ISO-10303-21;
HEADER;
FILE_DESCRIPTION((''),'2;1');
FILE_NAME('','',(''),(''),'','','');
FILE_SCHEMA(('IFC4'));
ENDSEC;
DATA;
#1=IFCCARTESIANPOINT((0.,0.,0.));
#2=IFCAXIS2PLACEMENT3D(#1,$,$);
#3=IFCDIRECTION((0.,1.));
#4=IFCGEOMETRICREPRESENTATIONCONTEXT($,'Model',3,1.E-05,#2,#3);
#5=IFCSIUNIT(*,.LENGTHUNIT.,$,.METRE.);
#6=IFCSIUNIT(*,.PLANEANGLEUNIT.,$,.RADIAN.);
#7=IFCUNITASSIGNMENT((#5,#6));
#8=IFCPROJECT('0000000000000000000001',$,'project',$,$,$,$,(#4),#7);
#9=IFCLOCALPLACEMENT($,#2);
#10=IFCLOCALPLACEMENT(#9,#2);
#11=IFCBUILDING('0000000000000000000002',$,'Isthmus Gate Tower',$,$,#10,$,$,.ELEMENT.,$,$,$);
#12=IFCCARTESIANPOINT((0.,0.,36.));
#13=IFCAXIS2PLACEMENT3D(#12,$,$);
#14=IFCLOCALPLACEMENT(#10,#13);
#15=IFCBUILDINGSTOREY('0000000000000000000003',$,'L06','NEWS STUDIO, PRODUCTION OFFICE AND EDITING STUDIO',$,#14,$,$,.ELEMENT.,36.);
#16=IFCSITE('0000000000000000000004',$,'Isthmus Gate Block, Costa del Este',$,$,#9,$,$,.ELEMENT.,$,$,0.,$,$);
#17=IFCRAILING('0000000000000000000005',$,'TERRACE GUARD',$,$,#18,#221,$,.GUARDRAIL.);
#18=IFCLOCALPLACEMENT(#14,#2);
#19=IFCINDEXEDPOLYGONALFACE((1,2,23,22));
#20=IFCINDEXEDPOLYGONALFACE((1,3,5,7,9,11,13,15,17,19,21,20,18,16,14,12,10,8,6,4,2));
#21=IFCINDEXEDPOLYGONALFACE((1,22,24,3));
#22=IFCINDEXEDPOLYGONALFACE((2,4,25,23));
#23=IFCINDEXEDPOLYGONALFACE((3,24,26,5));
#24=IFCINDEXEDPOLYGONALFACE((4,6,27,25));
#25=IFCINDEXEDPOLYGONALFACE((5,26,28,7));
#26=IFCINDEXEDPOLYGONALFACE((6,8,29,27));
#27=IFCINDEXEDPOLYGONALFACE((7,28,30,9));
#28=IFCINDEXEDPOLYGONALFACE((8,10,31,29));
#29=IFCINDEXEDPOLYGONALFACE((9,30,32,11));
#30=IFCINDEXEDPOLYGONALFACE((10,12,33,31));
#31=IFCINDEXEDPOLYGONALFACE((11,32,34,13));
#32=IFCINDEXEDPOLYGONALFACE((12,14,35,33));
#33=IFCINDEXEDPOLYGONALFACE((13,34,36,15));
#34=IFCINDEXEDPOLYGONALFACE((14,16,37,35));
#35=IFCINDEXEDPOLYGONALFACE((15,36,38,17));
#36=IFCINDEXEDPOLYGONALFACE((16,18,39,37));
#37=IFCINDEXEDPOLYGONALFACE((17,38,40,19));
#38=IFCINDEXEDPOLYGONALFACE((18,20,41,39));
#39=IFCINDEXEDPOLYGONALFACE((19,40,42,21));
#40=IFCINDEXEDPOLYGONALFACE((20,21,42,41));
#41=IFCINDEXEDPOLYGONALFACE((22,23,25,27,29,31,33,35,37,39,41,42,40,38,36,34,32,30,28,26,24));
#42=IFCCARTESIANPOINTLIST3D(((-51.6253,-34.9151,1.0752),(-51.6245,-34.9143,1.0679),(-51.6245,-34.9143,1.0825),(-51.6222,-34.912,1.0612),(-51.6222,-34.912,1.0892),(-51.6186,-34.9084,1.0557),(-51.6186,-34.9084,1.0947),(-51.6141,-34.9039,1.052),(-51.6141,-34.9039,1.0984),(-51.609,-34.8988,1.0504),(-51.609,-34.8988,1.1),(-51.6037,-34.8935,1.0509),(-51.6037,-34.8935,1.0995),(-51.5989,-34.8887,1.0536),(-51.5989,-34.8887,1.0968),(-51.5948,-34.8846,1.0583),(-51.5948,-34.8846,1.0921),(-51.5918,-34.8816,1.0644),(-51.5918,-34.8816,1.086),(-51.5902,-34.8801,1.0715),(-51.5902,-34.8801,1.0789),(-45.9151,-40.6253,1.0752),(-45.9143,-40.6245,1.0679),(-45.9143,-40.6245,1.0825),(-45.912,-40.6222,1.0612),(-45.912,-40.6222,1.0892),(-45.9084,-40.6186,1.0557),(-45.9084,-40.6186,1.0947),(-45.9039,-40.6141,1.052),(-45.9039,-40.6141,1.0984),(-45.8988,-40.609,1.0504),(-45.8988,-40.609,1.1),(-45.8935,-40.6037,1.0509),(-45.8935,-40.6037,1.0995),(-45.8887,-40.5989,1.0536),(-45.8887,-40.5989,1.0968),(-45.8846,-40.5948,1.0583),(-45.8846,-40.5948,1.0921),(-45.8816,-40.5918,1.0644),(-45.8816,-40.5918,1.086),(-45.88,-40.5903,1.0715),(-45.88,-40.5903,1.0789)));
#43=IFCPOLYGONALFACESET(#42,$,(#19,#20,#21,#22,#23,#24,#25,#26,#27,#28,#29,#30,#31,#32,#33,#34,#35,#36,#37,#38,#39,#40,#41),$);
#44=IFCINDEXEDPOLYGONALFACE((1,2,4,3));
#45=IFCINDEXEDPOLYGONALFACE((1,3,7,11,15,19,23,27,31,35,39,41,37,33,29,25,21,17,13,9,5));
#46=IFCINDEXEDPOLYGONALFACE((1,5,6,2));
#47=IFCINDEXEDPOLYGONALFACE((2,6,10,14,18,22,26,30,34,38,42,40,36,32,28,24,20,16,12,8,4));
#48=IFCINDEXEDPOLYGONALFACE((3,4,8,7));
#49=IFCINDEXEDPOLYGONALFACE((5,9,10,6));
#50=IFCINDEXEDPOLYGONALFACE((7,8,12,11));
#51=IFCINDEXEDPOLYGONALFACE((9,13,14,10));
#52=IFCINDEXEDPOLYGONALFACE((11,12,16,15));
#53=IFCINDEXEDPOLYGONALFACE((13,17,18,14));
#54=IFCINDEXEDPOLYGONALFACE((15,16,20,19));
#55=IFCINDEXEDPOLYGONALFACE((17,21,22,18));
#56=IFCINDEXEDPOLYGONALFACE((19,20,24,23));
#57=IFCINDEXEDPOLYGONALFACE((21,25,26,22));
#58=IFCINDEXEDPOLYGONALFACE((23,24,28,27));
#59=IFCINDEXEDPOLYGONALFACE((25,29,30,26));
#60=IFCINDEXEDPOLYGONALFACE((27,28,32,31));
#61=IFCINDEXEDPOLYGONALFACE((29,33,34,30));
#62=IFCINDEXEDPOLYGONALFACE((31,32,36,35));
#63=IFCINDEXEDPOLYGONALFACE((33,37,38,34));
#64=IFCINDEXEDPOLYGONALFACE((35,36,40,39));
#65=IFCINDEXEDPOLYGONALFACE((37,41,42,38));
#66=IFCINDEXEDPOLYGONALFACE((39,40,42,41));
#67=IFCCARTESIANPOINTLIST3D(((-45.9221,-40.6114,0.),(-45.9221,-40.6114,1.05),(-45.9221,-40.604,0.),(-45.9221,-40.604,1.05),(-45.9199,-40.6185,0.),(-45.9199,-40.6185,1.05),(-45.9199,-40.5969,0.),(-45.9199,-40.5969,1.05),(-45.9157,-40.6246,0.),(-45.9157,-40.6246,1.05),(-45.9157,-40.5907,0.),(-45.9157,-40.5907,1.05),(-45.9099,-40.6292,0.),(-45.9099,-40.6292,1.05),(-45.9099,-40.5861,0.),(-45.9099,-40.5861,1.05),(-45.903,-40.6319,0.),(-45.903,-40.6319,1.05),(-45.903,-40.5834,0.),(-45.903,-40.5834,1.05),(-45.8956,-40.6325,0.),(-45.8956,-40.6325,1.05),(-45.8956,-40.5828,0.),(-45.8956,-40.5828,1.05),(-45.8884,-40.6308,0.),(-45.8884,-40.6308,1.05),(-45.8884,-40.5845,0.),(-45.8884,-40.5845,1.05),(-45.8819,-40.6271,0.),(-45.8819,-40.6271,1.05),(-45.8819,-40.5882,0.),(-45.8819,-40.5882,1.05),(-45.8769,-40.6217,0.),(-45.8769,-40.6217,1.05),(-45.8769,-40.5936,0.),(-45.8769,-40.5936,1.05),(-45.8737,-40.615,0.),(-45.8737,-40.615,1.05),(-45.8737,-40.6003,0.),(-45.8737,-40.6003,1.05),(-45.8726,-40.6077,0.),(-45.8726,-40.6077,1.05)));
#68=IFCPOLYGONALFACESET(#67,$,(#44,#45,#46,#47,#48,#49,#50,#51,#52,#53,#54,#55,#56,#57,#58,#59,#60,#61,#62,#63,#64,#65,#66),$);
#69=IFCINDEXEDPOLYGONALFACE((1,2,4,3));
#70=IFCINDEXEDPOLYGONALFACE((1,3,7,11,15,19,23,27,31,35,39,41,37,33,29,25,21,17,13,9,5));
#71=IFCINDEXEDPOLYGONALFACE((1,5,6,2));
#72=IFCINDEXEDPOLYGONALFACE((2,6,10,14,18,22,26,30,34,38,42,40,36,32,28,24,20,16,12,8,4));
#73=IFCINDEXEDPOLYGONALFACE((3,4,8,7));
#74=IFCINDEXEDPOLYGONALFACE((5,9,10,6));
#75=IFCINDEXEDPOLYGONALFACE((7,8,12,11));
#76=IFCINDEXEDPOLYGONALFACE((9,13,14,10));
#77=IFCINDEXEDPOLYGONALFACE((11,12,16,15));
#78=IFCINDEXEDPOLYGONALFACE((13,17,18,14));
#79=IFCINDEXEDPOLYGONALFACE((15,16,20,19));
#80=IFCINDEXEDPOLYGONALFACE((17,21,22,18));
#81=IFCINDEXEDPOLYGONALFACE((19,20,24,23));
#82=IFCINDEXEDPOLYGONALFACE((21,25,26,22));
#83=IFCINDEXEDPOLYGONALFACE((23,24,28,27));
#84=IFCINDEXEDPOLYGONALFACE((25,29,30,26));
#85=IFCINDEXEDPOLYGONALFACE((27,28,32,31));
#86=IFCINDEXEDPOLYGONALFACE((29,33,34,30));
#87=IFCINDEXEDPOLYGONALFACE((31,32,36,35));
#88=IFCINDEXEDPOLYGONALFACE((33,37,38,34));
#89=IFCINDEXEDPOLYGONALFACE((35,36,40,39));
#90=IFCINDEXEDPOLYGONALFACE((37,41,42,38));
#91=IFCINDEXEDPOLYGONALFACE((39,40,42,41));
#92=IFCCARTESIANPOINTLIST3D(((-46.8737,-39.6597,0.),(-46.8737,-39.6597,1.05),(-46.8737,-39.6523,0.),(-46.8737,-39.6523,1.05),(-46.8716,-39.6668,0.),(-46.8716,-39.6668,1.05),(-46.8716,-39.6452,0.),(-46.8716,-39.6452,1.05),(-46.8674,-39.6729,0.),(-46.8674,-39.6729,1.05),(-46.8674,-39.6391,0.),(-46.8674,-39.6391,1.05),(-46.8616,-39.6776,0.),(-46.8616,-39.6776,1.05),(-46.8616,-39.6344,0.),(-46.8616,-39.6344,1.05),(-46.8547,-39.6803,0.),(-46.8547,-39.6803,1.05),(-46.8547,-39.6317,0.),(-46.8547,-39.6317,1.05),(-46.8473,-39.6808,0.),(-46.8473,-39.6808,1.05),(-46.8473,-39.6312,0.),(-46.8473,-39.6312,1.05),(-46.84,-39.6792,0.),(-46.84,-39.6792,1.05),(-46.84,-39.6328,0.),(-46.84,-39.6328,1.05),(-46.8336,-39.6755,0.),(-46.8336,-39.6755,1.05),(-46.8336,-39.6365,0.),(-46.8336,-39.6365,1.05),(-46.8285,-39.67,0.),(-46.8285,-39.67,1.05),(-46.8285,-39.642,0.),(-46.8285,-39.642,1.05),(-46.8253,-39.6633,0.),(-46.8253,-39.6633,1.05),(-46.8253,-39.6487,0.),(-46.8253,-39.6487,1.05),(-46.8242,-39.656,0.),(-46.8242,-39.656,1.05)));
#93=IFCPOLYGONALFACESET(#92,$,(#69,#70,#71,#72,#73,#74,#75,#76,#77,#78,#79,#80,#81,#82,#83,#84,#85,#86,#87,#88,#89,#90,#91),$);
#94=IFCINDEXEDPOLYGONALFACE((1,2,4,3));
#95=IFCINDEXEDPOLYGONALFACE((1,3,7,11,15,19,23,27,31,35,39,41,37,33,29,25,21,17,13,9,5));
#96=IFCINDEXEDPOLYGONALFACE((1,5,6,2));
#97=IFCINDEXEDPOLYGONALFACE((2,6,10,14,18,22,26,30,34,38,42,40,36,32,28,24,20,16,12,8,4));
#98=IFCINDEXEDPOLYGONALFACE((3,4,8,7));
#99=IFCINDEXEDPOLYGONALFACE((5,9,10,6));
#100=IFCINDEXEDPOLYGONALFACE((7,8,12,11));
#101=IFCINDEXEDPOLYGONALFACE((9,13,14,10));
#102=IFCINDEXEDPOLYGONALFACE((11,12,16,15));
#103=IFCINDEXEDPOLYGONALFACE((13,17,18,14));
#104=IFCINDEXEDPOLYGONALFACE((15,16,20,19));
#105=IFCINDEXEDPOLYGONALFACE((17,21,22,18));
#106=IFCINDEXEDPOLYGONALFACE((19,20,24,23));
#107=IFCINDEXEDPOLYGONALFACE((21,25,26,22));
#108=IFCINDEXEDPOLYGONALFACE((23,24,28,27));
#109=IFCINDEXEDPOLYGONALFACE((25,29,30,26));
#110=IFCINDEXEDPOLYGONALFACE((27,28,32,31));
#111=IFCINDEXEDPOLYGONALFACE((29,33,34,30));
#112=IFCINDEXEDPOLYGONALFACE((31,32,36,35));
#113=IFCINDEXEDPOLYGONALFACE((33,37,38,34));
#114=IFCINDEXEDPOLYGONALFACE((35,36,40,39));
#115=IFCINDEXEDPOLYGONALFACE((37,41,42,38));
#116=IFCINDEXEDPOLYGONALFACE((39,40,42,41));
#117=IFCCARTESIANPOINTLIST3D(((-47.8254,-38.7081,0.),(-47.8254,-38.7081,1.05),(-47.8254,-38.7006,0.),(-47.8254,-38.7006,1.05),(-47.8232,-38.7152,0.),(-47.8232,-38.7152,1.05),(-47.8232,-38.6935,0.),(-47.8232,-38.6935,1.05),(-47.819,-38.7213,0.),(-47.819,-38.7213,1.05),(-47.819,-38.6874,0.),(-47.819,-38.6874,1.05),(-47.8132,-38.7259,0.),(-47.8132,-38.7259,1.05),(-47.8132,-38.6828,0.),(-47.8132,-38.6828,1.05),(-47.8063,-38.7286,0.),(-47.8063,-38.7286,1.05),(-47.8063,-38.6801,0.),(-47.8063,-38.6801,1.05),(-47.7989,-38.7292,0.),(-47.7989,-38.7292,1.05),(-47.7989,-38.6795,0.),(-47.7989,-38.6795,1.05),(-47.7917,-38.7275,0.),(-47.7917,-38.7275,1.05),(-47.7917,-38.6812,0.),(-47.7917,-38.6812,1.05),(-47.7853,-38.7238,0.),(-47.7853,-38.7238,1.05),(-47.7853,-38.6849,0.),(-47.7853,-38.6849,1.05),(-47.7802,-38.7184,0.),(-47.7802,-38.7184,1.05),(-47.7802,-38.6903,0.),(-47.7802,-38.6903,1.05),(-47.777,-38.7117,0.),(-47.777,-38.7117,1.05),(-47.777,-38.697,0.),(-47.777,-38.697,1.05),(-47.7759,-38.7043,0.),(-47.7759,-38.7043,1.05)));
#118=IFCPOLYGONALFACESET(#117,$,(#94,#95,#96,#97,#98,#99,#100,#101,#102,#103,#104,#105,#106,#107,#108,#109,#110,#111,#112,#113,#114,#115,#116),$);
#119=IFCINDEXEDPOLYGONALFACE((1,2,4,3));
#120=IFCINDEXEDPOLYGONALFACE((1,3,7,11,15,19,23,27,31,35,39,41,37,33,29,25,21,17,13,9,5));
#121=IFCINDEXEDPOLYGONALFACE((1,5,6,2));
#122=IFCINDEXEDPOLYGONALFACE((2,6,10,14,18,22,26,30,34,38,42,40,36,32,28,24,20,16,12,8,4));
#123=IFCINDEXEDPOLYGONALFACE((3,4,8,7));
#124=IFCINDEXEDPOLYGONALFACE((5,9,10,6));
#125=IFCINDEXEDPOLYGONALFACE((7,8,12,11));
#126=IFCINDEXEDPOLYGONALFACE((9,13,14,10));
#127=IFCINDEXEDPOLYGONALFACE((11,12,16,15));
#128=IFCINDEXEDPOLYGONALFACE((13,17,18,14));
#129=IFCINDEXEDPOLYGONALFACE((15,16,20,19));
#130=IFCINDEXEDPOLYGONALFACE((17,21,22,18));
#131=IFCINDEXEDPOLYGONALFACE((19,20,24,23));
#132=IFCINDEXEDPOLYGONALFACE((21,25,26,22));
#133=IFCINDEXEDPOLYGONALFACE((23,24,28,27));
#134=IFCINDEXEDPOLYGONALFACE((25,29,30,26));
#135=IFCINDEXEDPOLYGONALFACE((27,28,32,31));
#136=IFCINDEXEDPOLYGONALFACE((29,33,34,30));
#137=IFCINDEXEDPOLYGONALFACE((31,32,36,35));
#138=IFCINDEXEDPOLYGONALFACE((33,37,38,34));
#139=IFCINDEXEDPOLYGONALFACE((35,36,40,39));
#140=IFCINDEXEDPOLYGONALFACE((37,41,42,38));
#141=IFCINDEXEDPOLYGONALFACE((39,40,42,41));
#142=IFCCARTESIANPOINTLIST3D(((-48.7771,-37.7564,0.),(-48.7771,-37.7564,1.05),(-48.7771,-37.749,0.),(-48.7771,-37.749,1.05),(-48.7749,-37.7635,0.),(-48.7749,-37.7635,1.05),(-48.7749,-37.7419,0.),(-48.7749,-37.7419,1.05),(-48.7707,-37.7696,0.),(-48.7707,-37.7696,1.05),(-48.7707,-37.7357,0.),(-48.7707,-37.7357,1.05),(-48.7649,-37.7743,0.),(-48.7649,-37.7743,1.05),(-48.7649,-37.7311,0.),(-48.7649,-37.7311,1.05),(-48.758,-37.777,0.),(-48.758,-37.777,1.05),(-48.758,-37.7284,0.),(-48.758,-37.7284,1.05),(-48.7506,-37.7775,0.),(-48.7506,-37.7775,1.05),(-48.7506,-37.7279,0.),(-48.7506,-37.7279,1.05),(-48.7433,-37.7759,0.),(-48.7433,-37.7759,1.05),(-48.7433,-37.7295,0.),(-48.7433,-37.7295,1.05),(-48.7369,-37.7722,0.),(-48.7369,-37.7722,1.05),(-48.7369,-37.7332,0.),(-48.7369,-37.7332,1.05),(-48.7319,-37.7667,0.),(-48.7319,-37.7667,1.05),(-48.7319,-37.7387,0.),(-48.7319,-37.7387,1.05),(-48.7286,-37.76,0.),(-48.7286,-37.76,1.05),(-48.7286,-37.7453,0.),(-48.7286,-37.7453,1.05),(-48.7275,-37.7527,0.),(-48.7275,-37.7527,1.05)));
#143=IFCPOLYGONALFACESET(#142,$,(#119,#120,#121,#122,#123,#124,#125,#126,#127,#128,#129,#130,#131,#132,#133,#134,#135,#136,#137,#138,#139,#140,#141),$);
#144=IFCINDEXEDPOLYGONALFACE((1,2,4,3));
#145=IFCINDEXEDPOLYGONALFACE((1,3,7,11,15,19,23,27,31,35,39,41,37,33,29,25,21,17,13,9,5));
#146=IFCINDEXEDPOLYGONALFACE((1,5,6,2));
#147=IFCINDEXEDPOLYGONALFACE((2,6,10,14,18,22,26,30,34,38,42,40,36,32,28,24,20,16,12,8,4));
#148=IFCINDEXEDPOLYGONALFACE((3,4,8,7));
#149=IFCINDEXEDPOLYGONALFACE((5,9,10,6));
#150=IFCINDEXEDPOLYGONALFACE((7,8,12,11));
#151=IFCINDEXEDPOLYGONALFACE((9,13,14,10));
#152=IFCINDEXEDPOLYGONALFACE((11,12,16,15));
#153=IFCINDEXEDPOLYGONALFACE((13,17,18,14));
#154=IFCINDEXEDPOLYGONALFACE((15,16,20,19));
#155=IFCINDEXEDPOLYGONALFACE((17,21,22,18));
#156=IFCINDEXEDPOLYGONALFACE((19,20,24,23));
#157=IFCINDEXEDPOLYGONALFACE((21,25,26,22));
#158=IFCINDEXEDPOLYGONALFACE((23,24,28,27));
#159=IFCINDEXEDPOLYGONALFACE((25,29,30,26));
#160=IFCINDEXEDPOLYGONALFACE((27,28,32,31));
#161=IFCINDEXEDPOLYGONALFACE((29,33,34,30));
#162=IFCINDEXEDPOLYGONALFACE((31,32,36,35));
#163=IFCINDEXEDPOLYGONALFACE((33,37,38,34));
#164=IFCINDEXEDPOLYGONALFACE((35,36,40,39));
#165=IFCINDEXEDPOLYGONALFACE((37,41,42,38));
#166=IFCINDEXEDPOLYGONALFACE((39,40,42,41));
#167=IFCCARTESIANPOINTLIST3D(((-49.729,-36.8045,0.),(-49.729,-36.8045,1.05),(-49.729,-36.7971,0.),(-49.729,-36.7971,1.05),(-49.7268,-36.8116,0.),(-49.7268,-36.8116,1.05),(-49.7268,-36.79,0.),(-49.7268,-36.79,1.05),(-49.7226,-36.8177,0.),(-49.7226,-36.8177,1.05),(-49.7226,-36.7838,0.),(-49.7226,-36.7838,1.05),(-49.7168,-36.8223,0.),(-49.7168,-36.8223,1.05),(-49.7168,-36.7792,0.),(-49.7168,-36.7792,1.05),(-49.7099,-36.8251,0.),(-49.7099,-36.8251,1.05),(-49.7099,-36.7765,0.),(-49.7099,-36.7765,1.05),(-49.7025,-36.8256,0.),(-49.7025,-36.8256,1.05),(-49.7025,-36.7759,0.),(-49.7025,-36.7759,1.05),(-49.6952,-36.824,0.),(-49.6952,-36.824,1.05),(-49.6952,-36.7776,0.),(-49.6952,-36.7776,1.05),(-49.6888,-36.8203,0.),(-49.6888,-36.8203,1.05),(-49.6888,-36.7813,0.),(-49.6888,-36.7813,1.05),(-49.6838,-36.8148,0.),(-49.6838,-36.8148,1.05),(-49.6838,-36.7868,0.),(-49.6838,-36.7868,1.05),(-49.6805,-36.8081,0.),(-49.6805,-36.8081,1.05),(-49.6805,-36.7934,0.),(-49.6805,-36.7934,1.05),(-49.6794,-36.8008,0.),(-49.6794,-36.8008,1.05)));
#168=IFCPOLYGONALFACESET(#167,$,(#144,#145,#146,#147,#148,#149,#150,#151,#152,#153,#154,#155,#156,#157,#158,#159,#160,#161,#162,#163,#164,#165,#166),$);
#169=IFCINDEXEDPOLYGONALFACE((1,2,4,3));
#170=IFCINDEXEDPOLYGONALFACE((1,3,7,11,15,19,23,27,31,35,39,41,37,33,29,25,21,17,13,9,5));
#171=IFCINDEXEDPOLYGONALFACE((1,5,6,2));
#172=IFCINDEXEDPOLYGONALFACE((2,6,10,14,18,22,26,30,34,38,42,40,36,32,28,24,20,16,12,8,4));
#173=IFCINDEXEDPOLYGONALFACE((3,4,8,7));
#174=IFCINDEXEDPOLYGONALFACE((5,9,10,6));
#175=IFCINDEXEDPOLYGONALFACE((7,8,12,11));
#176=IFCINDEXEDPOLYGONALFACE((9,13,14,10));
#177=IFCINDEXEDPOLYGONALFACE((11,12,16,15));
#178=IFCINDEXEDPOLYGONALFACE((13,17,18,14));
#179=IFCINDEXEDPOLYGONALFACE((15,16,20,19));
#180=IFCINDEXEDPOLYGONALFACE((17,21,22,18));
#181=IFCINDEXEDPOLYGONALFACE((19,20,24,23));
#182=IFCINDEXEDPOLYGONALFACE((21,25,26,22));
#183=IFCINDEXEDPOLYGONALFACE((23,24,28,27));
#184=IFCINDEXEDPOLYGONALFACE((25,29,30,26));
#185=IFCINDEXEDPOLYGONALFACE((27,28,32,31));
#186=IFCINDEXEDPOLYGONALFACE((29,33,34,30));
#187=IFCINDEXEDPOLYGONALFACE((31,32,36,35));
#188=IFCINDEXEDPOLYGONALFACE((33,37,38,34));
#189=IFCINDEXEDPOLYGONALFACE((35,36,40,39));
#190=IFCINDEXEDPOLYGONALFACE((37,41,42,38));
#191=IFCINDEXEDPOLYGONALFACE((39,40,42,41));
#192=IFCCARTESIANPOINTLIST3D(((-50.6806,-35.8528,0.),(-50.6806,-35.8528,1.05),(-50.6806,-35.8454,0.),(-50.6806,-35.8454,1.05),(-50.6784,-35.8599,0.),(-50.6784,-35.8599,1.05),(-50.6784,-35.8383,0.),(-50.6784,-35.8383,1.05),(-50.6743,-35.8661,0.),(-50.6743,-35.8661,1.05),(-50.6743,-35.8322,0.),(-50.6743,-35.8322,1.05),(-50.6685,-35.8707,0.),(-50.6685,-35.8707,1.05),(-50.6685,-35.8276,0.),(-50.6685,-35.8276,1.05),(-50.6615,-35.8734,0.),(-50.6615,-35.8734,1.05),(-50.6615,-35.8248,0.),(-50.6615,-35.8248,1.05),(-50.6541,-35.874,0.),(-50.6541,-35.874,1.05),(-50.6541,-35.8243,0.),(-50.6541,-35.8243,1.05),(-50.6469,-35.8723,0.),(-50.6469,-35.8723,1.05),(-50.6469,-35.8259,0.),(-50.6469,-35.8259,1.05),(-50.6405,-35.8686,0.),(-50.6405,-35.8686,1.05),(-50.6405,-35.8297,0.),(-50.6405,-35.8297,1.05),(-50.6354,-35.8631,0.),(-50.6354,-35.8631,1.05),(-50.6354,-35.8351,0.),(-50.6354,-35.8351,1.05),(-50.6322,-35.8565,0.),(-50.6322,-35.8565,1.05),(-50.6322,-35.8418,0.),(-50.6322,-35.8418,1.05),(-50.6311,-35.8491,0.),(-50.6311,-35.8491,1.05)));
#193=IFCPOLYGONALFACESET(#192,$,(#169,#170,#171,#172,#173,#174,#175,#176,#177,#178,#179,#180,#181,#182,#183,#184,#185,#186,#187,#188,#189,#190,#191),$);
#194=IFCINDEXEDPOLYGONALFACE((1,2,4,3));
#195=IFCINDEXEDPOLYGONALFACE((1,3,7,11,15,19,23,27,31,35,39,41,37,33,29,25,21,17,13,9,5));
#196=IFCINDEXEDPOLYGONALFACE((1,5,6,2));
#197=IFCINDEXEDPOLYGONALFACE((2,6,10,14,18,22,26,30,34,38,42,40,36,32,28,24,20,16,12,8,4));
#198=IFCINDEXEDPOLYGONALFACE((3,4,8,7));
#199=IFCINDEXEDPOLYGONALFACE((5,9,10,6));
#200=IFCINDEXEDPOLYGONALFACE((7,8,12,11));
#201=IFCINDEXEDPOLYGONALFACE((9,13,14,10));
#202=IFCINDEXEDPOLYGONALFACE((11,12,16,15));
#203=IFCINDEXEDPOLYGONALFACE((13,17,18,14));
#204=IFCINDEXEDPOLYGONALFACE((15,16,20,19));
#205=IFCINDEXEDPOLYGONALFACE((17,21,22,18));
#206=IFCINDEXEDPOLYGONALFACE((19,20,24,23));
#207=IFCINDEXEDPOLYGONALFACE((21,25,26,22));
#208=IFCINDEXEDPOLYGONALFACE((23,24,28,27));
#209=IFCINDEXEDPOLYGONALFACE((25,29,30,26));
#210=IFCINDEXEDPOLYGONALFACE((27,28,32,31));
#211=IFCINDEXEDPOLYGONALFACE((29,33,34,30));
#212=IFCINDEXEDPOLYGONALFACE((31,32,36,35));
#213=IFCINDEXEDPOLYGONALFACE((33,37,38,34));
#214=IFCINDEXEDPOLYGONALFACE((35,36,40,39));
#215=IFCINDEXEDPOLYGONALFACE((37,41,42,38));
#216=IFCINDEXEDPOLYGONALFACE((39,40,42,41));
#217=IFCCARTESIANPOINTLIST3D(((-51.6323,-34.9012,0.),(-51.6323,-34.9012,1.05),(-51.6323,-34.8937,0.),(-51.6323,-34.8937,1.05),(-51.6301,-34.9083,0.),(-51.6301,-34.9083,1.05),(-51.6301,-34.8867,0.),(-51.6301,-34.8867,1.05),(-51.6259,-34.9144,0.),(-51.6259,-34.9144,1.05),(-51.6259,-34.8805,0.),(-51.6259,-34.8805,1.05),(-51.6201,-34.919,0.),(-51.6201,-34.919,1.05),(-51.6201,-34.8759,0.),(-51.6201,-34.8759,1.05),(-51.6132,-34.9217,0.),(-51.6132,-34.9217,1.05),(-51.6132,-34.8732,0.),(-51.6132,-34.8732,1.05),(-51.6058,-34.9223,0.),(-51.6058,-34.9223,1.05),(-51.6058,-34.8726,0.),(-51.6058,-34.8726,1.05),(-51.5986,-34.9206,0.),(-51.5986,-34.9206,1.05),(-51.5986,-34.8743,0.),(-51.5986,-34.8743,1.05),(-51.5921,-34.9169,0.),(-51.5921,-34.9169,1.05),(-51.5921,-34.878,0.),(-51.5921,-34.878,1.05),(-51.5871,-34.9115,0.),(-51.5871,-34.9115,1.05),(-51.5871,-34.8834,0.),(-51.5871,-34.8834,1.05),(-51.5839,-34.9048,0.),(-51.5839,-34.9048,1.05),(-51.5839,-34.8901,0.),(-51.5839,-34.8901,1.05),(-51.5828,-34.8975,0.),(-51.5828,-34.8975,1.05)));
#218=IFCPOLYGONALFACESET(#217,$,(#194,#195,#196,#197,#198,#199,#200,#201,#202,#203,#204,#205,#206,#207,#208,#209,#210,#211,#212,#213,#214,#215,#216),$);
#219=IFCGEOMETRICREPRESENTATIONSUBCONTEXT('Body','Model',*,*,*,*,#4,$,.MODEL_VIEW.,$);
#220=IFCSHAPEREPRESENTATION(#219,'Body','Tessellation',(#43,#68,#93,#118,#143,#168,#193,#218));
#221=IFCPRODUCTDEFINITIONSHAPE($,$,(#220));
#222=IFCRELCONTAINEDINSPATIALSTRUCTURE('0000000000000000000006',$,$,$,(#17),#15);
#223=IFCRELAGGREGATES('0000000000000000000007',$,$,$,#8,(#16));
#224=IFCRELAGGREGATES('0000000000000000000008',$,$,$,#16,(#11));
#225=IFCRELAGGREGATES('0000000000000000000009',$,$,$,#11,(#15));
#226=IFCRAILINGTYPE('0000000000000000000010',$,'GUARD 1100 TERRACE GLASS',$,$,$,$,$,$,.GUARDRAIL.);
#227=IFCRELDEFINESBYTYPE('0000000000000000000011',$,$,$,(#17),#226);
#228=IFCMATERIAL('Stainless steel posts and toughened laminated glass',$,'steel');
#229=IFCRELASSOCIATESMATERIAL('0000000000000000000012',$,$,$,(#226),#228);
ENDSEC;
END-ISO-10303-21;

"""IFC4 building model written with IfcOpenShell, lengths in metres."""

from ifc_helpers import new_model, si_unit, direction, frame, origin, origin_2d, place, context, subcontext, project, spatial, circle, extrude, material, type_object, element, save


model = new_model("IFC4")

# Units and contexts
model_context = context("Model", 3, precision=1e-05, world=origin(), true_north=direction((0.0, 1.0)))
body_context = subcontext(model_context, "Body", "Model", "MODEL_VIEW")
ifc_project = project(units=[si_unit("LENGTHUNIT", "METRE"), si_unit("PLANEANGLEUNIT", "RADIAN")], contexts=[model_context])

# Site, building, storey
site_placement = place(None, origin())
site = spatial("IfcSite", under=ifc_project, at=site_placement, Name="Isthmus Gate Block, Costa del Este", CompositionType="ELEMENT", RefElevation=0.0)
building_placement = place(site_placement, origin())
building = spatial("IfcBuilding", under=site, at=building_placement, Name="Isthmus Gate Tower", CompositionType="ELEMENT")
storey_placement = place(building_placement, frame((0.0, 0.0, 36.0)))
storey = spatial("IfcBuildingStorey", under=building, at=storey_placement, Name="L06", Description="NEWS STUDIO, PRODUCTION OFFICE AND EDITING STUDIO", CompositionType="ELEMENT", Elevation=36.0)

# Railing
ifc_material_1 = material(Name="Stainless steel posts and toughened laminated glass", Category="steel")
railing_type_1 = type_object("IfcRailingType", Name="GUARD 1100 TERRACE GLASS", PredefinedType="GUARDRAIL", material=ifc_material_1)
railing_1_placement = place(storey_placement, frame((-45.8975, -40.6077, 0.0)))
element("IfcRailing", 1, at=railing_1_placement, inside=storey, type_object=railing_type_1, Name="TERRACE GUARD", PredefinedType="GUARDRAIL", context=body_context, shape_type="SweptSolid", body=[
    extrude(circle(Radius=0.0249, at=origin_2d()), frame((0.0, 0.0, 1.0752), z_axis=(-0.707107, 0.707107, 0.0), x_axis=(-0.707107, -0.707107, 0.0)), (0.0, 0.0, 1.0), 8.0754),
    extrude(circle(Radius=0.0249, at=origin_2d()), origin(), (0.0, 0.0, 1.0), 1.05),
    extrude(circle(Radius=0.0249, at=origin_2d()), frame((-0.9517, 0.9517, 0.0)), (0.0, 0.0, 1.0), 1.05),
    extrude(circle(Radius=0.0249, at=origin_2d()), frame((-1.9033, 1.9033, 0.0)), (0.0, 0.0, 1.0), 1.05),
    extrude(circle(Radius=0.0249, at=origin_2d()), frame((-2.855, 2.855, 0.0)), (0.0, 0.0, 1.0), 1.05),
    extrude(circle(Radius=0.0249, at=origin_2d()), frame((-3.8069, 3.8069, 0.0)), (0.0, 0.0, 1.0), 1.05),
    extrude(circle(Radius=0.0249, at=origin_2d()), frame((-4.7585, 4.7585, 0.0)), (0.0, 0.0, 1.0), 1.05),
    extrude(circle(Radius=0.0249, at=origin_2d()), frame((-5.7102, 5.7102, 0.0)), (0.0, 0.0, 1.0), 1.05),
])

save(model, "model.ifc")
